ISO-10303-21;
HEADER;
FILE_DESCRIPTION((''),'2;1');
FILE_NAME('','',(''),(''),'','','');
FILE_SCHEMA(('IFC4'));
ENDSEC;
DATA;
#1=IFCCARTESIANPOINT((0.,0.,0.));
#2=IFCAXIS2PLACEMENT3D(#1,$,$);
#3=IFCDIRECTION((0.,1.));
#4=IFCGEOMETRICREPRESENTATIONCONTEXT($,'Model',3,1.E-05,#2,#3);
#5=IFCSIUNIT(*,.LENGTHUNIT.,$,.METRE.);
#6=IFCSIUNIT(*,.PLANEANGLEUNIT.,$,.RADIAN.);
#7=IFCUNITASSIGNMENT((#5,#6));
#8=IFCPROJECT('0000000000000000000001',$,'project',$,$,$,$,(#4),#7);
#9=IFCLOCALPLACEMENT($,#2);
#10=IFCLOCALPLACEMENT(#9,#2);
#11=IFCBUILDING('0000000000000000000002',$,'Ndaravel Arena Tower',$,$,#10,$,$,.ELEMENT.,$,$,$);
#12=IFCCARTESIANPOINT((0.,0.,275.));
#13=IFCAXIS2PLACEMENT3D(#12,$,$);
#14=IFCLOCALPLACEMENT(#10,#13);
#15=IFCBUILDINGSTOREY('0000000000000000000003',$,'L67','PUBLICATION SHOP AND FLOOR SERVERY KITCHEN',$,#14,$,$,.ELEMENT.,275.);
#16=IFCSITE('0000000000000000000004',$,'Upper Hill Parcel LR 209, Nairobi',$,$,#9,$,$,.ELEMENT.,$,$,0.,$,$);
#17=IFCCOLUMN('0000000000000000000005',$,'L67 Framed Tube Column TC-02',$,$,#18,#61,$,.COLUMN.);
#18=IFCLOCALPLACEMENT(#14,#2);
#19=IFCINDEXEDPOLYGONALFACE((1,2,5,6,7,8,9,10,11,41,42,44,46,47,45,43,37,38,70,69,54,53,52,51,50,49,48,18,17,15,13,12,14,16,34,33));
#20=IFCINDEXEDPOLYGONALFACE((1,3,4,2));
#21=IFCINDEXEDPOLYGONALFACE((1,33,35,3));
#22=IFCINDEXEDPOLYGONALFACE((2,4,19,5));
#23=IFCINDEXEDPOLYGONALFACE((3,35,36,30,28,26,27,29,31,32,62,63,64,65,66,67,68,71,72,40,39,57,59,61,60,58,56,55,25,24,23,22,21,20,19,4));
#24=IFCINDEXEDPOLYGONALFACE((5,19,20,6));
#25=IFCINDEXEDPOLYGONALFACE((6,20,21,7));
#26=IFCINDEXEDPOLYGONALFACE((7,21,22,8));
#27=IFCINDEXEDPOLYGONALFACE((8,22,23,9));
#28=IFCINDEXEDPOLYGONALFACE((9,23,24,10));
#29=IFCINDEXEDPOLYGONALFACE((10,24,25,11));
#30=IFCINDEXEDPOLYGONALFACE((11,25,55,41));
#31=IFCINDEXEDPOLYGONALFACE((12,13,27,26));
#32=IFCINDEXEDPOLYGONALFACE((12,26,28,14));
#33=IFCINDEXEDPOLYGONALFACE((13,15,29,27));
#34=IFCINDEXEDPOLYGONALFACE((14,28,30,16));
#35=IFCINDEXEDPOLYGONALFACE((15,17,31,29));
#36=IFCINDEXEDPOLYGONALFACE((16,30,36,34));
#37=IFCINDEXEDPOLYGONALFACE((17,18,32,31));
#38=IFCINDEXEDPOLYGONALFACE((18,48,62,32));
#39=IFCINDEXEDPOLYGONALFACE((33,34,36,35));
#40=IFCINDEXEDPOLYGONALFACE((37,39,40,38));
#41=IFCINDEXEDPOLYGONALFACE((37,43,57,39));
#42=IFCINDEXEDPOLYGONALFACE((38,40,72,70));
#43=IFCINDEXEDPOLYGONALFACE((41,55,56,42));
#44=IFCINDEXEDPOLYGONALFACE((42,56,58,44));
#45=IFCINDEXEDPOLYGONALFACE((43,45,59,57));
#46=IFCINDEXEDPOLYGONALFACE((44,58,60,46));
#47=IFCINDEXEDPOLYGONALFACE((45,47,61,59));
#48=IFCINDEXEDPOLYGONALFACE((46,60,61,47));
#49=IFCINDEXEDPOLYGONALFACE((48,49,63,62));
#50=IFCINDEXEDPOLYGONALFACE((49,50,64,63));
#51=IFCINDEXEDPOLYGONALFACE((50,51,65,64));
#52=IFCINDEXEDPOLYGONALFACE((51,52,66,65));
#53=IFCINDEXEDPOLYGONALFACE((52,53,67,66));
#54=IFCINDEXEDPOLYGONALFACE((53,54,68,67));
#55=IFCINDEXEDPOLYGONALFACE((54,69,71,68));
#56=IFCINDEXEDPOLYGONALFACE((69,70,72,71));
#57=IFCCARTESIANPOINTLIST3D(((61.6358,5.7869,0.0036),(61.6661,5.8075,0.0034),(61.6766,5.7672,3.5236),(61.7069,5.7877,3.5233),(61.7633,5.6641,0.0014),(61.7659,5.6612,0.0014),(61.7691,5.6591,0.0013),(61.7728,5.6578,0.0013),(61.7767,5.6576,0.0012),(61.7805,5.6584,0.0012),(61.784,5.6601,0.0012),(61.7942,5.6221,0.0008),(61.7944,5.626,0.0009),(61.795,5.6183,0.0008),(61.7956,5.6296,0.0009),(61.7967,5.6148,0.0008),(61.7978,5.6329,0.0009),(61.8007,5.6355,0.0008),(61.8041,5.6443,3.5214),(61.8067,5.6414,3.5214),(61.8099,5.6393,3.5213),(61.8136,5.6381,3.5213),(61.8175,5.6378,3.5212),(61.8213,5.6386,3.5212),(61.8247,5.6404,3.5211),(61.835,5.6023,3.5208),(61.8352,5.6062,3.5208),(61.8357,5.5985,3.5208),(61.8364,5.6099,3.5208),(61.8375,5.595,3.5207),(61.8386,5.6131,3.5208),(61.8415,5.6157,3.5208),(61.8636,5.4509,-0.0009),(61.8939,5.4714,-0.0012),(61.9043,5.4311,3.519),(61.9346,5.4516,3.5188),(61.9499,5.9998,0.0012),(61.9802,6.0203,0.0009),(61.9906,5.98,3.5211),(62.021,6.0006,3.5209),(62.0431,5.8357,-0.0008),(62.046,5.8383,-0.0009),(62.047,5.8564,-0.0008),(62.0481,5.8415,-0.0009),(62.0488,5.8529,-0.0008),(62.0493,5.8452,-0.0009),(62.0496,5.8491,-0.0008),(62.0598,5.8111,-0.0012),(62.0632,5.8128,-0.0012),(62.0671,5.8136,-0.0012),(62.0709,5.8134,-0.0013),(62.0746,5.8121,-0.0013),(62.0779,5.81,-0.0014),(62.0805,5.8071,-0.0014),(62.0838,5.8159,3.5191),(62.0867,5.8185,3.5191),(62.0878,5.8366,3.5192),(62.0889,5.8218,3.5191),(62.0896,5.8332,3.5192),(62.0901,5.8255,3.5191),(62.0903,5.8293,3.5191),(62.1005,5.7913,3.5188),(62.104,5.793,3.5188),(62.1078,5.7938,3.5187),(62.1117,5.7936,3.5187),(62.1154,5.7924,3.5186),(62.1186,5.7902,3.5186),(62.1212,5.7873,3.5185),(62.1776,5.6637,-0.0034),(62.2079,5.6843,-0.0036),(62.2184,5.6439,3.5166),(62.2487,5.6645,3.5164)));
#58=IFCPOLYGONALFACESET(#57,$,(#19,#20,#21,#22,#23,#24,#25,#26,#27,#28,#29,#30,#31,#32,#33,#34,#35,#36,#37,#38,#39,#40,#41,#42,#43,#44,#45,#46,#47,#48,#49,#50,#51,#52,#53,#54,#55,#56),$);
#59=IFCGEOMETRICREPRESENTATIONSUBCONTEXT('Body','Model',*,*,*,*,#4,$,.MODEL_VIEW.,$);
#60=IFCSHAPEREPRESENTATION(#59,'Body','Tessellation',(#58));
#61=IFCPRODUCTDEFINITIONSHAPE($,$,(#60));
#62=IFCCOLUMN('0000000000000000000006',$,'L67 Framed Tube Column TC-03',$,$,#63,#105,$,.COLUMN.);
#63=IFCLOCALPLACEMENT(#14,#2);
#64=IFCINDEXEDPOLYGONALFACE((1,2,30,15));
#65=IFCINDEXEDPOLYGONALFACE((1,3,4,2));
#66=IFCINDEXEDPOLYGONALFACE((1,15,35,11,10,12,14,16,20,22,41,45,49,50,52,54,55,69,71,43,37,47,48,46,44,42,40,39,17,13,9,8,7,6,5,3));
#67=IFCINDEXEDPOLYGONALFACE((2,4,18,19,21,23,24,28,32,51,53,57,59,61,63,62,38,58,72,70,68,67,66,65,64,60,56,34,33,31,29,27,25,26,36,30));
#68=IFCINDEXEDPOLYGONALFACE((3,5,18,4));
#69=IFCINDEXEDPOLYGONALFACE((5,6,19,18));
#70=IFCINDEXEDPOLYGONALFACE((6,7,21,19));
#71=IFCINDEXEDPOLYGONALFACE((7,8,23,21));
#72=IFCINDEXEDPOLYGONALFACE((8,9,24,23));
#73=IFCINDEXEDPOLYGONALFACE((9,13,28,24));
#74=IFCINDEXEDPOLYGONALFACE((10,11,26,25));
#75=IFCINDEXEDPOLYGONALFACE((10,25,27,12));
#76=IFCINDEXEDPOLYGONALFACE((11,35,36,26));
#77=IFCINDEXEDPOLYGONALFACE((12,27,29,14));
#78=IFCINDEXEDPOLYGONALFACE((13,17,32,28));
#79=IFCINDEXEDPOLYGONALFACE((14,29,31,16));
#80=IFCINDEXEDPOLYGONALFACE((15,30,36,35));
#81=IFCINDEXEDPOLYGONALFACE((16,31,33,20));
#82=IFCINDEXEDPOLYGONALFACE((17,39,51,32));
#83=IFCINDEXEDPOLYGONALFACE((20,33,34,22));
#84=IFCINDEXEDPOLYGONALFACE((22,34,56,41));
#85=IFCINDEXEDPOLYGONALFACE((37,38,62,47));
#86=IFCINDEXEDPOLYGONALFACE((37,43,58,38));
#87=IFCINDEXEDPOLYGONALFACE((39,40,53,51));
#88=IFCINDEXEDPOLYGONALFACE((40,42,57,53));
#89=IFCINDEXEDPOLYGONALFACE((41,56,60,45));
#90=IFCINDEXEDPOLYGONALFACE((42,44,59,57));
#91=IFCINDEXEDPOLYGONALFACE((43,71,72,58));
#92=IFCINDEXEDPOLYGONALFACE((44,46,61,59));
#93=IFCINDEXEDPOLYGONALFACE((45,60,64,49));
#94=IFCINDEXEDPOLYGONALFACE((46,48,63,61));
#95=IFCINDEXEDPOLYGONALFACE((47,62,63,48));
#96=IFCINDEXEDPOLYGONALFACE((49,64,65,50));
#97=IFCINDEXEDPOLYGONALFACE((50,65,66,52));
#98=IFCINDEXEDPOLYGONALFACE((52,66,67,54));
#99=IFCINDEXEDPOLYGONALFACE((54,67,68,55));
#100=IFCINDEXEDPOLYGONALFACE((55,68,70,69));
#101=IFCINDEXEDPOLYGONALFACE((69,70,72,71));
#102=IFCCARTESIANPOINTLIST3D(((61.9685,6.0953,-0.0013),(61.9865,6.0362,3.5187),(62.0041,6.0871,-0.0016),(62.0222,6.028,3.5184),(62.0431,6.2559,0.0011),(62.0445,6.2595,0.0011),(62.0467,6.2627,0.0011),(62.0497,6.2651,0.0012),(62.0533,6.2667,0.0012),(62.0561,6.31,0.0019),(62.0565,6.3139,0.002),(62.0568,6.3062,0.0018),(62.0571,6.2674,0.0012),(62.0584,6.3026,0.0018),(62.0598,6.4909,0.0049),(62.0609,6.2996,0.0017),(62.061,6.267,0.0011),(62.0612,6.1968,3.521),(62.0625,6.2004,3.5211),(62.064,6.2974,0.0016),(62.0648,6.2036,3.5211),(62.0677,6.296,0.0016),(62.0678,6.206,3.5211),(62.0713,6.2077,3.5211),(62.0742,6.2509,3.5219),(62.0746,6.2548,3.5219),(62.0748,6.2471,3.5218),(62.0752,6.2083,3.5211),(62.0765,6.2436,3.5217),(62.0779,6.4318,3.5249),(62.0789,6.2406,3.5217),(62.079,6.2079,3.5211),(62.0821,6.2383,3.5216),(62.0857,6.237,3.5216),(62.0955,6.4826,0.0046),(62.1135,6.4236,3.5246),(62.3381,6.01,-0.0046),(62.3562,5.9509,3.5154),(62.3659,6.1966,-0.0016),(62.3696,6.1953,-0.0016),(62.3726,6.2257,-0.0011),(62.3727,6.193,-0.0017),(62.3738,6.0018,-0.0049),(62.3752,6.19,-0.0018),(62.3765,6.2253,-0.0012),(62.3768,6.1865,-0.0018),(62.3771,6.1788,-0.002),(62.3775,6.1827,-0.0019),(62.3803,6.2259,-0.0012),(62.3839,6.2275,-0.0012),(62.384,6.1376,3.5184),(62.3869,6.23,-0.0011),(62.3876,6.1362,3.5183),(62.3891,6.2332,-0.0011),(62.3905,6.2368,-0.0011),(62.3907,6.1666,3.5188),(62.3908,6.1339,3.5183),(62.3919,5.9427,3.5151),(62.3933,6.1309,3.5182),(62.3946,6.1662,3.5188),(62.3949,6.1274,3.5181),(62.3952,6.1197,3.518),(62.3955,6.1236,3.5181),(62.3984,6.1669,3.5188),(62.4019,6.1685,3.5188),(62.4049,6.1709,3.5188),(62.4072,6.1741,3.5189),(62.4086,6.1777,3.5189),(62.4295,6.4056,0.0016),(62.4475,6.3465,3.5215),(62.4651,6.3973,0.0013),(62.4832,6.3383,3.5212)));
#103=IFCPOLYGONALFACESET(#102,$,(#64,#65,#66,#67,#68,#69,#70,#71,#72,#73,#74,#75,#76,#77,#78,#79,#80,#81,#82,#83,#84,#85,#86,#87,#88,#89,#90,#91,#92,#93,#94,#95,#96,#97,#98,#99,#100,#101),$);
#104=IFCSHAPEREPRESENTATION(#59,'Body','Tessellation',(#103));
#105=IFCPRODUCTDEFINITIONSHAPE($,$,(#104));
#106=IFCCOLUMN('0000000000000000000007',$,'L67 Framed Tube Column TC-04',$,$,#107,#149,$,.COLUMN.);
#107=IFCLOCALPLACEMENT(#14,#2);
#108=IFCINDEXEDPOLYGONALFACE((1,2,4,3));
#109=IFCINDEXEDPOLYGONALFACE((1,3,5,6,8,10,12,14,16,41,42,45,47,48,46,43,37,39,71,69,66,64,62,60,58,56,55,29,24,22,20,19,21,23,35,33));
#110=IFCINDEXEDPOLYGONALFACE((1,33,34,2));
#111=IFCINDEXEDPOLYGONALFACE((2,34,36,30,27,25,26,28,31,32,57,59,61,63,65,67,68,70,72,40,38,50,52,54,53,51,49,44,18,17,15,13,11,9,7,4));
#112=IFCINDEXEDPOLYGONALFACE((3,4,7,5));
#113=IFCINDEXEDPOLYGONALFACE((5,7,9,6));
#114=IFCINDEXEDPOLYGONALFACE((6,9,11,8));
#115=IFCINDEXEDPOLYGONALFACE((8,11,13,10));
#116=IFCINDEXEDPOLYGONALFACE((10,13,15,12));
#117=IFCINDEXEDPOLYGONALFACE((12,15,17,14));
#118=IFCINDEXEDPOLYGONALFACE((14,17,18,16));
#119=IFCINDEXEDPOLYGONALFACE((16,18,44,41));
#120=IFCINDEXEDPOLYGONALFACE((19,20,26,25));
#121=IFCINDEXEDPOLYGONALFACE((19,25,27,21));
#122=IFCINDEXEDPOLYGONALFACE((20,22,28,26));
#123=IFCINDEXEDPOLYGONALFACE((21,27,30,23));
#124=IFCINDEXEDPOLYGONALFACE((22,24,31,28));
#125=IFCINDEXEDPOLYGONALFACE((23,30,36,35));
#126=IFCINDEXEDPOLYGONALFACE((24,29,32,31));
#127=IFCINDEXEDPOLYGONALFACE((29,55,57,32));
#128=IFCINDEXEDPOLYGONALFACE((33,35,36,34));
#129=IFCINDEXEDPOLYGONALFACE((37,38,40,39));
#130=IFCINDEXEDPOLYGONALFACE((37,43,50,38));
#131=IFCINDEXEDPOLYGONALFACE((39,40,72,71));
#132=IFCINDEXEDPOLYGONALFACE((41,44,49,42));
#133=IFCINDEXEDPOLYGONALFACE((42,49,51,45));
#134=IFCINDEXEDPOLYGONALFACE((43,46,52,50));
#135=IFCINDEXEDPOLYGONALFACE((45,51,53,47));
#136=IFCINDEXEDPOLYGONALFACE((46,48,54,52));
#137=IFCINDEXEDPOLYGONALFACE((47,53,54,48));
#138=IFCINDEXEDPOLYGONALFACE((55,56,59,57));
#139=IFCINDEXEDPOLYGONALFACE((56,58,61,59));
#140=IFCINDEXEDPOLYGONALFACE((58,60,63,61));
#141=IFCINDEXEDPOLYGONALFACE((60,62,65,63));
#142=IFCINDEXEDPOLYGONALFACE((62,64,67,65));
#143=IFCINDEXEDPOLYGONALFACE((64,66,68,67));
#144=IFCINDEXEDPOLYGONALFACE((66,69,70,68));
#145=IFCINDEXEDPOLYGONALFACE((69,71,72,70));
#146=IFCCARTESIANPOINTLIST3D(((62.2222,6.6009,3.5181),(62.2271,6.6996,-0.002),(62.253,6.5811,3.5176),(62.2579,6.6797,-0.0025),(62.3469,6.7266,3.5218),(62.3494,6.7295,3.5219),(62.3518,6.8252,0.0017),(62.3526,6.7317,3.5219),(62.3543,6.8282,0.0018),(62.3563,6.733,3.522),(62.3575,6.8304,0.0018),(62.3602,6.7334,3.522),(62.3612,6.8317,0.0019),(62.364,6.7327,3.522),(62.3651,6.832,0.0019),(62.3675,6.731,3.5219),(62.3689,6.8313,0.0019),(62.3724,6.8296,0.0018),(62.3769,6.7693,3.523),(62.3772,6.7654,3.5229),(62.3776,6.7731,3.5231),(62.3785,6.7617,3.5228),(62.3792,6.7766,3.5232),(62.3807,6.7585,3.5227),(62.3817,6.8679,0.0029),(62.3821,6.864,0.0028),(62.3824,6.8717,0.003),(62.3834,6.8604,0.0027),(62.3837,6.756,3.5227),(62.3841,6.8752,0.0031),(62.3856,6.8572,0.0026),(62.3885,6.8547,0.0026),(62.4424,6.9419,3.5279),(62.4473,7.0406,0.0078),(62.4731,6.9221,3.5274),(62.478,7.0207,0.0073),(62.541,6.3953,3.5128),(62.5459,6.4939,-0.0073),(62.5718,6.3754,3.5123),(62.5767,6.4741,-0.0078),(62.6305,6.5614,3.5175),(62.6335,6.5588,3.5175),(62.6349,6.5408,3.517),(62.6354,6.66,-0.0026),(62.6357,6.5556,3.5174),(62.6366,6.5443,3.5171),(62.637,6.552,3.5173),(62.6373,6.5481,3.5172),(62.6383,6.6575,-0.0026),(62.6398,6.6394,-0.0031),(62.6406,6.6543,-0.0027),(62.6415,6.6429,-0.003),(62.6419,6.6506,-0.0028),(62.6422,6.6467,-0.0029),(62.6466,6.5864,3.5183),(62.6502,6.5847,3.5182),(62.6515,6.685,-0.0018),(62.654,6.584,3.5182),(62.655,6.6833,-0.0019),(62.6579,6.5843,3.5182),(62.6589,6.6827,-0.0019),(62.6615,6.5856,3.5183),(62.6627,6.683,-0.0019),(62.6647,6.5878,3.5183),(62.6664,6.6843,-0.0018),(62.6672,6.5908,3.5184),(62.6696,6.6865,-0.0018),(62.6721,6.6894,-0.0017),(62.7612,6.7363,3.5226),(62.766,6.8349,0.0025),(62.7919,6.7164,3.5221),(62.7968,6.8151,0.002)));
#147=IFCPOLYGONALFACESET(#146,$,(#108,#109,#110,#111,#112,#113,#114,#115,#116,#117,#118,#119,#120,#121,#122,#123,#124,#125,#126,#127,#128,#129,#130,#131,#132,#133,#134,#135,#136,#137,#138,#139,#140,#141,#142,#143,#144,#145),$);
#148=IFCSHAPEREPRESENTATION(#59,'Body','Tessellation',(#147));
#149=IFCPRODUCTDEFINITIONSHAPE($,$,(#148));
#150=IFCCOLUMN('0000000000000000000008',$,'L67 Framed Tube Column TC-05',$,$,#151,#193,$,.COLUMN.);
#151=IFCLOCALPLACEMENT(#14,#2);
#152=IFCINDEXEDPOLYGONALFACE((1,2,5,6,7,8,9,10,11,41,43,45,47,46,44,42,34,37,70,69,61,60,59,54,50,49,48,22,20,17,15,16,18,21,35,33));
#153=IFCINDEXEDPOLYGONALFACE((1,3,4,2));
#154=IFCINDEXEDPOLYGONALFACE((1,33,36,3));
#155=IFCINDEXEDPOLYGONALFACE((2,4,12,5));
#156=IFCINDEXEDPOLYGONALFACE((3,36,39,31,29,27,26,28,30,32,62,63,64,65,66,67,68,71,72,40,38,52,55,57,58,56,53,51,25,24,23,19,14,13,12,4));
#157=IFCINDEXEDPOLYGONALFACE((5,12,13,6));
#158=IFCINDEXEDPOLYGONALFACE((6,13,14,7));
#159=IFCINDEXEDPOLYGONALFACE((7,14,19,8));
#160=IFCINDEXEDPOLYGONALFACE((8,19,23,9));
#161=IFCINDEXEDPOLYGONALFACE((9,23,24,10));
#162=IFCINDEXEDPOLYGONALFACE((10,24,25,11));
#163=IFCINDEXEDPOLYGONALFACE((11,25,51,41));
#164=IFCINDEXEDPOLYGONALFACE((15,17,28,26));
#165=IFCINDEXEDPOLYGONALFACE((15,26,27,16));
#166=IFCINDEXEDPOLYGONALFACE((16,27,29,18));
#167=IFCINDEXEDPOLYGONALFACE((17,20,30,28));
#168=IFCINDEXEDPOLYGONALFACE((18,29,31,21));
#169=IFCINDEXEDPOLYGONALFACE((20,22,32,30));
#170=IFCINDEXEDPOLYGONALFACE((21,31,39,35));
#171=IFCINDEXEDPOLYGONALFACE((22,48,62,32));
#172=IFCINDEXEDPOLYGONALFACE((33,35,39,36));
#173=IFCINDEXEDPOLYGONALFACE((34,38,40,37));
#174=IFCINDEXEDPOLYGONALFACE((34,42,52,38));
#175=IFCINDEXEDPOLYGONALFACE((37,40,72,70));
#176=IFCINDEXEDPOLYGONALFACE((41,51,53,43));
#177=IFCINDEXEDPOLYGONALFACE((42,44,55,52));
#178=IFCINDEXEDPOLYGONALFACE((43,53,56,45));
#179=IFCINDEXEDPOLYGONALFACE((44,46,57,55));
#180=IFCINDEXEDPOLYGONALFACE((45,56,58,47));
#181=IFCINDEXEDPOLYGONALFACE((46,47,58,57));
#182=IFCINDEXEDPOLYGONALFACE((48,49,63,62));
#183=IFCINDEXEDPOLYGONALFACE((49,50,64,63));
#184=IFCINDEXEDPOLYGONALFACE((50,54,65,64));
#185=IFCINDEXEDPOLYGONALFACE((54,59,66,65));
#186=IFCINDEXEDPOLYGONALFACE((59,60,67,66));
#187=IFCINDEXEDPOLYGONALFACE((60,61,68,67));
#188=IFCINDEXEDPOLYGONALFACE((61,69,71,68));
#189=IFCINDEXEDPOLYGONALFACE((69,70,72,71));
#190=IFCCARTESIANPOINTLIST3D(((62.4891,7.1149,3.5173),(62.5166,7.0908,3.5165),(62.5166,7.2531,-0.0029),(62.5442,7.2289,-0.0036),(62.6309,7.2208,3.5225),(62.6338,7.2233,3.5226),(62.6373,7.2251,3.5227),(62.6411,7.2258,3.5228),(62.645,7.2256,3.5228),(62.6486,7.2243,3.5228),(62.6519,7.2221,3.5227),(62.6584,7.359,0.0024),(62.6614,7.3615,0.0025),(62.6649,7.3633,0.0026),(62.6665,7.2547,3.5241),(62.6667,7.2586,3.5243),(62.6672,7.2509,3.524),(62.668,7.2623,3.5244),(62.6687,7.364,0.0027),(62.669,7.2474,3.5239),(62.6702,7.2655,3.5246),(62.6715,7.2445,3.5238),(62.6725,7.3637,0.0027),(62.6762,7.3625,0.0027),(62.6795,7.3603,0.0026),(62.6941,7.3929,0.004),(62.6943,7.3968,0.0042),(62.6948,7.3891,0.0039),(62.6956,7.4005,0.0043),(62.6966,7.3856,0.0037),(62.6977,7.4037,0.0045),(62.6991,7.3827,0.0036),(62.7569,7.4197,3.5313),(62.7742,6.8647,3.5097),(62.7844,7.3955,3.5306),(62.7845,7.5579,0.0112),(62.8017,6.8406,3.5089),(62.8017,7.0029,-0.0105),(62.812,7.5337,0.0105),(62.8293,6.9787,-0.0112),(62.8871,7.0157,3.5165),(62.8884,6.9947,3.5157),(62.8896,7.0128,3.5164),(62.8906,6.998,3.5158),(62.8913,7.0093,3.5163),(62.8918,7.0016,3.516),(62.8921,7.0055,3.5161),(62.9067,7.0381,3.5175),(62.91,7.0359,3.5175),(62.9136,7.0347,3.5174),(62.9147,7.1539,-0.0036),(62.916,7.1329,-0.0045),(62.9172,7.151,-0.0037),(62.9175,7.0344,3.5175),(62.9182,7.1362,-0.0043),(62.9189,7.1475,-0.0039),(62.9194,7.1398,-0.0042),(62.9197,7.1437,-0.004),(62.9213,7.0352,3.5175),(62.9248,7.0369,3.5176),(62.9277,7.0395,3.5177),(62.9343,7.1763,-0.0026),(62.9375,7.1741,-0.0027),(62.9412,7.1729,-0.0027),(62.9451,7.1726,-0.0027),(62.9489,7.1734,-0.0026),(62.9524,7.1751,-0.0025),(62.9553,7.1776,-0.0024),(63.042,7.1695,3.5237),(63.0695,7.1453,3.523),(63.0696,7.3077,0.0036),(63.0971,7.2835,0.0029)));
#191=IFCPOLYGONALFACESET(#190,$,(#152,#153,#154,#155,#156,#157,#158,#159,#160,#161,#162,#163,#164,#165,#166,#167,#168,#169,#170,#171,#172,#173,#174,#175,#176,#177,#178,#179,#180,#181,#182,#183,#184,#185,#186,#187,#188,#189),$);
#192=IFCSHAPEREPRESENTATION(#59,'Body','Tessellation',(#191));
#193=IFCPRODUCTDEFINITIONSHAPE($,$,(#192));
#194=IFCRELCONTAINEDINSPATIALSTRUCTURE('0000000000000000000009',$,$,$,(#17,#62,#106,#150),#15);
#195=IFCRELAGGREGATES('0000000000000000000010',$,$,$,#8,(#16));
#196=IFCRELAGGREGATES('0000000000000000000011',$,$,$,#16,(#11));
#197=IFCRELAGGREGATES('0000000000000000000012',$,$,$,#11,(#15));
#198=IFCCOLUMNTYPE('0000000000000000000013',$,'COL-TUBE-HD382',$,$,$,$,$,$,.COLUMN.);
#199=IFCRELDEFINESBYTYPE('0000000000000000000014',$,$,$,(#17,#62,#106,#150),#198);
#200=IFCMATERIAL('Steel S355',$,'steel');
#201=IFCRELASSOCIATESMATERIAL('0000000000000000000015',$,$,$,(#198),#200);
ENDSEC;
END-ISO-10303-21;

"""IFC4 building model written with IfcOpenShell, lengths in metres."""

from ifc_helpers import new_model, si_unit, direction, frame, origin, origin_2d, place, context, subcontext, project, spatial, i_section, extrude, material, material_profile, profile_set, type_object, element, save


model = new_model("IFC4")

# Units and contexts
model_context = context("Model", 3, precision=1e-05, world=origin(), true_north=direction((0.0, 1.0)))
body_context = subcontext(model_context, "Body", "Model", "MODEL_VIEW")
ifc_project = project(units=[si_unit("LENGTHUNIT", "METRE"), si_unit("PLANEANGLEUNIT", "RADIAN")], contexts=[model_context])

# Site, building, storey
site_placement = place(None, origin())
site = spatial("IfcSite", under=ifc_project, at=site_placement, Name="Upper Hill Parcel LR 209, Nairobi", CompositionType="ELEMENT", RefElevation=0.0)
building_placement = place(site_placement, origin())
building = spatial("IfcBuilding", under=site, at=building_placement, Name="Ndaravel Arena Tower", CompositionType="ELEMENT")
storey_placement = place(building_placement, frame((0.0, 0.0, 275.0)))
storey = spatial("IfcBuildingStorey", under=building, at=storey_placement, Name="L67", Description="PUBLICATION SHOP AND FLOOR SERVERY KITCHEN", CompositionType="ELEMENT", Elevation=275.0)

# Columns
ifc_material_1 = material(Name="Steel S355", Category="steel")
ifc_material_profile_1 = material_profile(ifc_material_1, i_section(OverallWidth=0.406, OverallDepth=0.416, WebThickness=0.0298, FlangeThickness=0.0366, FilletRadius=0.0149, at=origin_2d()), Name="HD 400x382")
ifc_profile_set_1 = profile_set([ifc_material_profile_1], Name="Steel S355")
column_type = type_object("IfcColumnType", Name="COL-TUBE-HD382", PredefinedType="COLUMN", material=ifc_profile_set_1)
column_1_placement = place(storey_placement, frame((61.9219, 5.7356, 0.0), z_axis=(0.011582, -0.005618, 0.999917), x_axis=(-0.560939, 0.827782, 0.011148)))
element("IfcColumn", 1, at=column_1_placement, inside=storey, type_object=column_type, Name="L67 Framed Tube Column TC-02", PredefinedType="COLUMN", context=body_context, shape_type="SweptSolid", body=[
    extrude(i_section(OverallWidth=0.406, OverallDepth=0.416, WebThickness=0.0298, FlangeThickness=0.0366, FilletRadius=0.0149, at=origin_2d()), origin(), (0.0, 0.0, 1.0), 3.5203),
])
column_2_placement = place(storey_placement, frame((62.2168, 6.2463, 0.0), z_axis=(0.005132, -0.016782, 0.999846), x_axis=(0.224942, 0.974254, 0.015198)))
element("IfcColumn", 2, at=column_2_placement, inside=storey, type_object=column_type, Name="L67 Framed Tube Column TC-03", PredefinedType="COLUMN", context=body_context, shape_type="SweptSolid", body=[
    extrude(i_section(OverallWidth=0.406, OverallDepth=0.416, WebThickness=0.0298, FlangeThickness=0.0366, FilletRadius=0.0149, at=origin_2d()), origin(), (0.0, 0.0, 1.0), 3.5205),
])
column_3_placement = place(storey_placement, frame((62.512, 6.7573, 0.0), z_axis=(-0.001387, -0.02801, 0.999607), x_axis=(0.542192, 0.839904, 0.024287)))
element("IfcColumn", 3, at=column_3_placement, inside=storey, type_object=column_type, Name="L67 Framed Tube Column TC-04", PredefinedType="COLUMN", context=body_context, shape_type="SweptSolid", body=[
    extrude(i_section(OverallWidth=0.406, OverallDepth=0.416, WebThickness=0.0298, FlangeThickness=0.0366, FilletRadius=0.0149, at=origin_2d()), origin(), (0.0, 0.0, 1.0), 3.5215),
])
column_4_placement = place(storey_placement, frame((62.8069, 7.2683, 0.0), z_axis=(-0.007831, -0.039225, 0.9992), x_axis=(0.659741, 0.750694, 0.03464)))
element("IfcColumn", 4, at=column_4_placement, inside=storey, type_object=column_type, Name="L67 Framed Tube Column TC-05", PredefinedType="COLUMN", context=body_context, shape_type="SweptSolid", body=[
    extrude(i_section(OverallWidth=0.406, OverallDepth=0.416, WebThickness=0.0298, FlangeThickness=0.0366, FilletRadius=0.0149, at=origin_2d()), origin(), (0.0, 0.0, 1.0), 3.5229),
])

save(model, "model.ifc")
